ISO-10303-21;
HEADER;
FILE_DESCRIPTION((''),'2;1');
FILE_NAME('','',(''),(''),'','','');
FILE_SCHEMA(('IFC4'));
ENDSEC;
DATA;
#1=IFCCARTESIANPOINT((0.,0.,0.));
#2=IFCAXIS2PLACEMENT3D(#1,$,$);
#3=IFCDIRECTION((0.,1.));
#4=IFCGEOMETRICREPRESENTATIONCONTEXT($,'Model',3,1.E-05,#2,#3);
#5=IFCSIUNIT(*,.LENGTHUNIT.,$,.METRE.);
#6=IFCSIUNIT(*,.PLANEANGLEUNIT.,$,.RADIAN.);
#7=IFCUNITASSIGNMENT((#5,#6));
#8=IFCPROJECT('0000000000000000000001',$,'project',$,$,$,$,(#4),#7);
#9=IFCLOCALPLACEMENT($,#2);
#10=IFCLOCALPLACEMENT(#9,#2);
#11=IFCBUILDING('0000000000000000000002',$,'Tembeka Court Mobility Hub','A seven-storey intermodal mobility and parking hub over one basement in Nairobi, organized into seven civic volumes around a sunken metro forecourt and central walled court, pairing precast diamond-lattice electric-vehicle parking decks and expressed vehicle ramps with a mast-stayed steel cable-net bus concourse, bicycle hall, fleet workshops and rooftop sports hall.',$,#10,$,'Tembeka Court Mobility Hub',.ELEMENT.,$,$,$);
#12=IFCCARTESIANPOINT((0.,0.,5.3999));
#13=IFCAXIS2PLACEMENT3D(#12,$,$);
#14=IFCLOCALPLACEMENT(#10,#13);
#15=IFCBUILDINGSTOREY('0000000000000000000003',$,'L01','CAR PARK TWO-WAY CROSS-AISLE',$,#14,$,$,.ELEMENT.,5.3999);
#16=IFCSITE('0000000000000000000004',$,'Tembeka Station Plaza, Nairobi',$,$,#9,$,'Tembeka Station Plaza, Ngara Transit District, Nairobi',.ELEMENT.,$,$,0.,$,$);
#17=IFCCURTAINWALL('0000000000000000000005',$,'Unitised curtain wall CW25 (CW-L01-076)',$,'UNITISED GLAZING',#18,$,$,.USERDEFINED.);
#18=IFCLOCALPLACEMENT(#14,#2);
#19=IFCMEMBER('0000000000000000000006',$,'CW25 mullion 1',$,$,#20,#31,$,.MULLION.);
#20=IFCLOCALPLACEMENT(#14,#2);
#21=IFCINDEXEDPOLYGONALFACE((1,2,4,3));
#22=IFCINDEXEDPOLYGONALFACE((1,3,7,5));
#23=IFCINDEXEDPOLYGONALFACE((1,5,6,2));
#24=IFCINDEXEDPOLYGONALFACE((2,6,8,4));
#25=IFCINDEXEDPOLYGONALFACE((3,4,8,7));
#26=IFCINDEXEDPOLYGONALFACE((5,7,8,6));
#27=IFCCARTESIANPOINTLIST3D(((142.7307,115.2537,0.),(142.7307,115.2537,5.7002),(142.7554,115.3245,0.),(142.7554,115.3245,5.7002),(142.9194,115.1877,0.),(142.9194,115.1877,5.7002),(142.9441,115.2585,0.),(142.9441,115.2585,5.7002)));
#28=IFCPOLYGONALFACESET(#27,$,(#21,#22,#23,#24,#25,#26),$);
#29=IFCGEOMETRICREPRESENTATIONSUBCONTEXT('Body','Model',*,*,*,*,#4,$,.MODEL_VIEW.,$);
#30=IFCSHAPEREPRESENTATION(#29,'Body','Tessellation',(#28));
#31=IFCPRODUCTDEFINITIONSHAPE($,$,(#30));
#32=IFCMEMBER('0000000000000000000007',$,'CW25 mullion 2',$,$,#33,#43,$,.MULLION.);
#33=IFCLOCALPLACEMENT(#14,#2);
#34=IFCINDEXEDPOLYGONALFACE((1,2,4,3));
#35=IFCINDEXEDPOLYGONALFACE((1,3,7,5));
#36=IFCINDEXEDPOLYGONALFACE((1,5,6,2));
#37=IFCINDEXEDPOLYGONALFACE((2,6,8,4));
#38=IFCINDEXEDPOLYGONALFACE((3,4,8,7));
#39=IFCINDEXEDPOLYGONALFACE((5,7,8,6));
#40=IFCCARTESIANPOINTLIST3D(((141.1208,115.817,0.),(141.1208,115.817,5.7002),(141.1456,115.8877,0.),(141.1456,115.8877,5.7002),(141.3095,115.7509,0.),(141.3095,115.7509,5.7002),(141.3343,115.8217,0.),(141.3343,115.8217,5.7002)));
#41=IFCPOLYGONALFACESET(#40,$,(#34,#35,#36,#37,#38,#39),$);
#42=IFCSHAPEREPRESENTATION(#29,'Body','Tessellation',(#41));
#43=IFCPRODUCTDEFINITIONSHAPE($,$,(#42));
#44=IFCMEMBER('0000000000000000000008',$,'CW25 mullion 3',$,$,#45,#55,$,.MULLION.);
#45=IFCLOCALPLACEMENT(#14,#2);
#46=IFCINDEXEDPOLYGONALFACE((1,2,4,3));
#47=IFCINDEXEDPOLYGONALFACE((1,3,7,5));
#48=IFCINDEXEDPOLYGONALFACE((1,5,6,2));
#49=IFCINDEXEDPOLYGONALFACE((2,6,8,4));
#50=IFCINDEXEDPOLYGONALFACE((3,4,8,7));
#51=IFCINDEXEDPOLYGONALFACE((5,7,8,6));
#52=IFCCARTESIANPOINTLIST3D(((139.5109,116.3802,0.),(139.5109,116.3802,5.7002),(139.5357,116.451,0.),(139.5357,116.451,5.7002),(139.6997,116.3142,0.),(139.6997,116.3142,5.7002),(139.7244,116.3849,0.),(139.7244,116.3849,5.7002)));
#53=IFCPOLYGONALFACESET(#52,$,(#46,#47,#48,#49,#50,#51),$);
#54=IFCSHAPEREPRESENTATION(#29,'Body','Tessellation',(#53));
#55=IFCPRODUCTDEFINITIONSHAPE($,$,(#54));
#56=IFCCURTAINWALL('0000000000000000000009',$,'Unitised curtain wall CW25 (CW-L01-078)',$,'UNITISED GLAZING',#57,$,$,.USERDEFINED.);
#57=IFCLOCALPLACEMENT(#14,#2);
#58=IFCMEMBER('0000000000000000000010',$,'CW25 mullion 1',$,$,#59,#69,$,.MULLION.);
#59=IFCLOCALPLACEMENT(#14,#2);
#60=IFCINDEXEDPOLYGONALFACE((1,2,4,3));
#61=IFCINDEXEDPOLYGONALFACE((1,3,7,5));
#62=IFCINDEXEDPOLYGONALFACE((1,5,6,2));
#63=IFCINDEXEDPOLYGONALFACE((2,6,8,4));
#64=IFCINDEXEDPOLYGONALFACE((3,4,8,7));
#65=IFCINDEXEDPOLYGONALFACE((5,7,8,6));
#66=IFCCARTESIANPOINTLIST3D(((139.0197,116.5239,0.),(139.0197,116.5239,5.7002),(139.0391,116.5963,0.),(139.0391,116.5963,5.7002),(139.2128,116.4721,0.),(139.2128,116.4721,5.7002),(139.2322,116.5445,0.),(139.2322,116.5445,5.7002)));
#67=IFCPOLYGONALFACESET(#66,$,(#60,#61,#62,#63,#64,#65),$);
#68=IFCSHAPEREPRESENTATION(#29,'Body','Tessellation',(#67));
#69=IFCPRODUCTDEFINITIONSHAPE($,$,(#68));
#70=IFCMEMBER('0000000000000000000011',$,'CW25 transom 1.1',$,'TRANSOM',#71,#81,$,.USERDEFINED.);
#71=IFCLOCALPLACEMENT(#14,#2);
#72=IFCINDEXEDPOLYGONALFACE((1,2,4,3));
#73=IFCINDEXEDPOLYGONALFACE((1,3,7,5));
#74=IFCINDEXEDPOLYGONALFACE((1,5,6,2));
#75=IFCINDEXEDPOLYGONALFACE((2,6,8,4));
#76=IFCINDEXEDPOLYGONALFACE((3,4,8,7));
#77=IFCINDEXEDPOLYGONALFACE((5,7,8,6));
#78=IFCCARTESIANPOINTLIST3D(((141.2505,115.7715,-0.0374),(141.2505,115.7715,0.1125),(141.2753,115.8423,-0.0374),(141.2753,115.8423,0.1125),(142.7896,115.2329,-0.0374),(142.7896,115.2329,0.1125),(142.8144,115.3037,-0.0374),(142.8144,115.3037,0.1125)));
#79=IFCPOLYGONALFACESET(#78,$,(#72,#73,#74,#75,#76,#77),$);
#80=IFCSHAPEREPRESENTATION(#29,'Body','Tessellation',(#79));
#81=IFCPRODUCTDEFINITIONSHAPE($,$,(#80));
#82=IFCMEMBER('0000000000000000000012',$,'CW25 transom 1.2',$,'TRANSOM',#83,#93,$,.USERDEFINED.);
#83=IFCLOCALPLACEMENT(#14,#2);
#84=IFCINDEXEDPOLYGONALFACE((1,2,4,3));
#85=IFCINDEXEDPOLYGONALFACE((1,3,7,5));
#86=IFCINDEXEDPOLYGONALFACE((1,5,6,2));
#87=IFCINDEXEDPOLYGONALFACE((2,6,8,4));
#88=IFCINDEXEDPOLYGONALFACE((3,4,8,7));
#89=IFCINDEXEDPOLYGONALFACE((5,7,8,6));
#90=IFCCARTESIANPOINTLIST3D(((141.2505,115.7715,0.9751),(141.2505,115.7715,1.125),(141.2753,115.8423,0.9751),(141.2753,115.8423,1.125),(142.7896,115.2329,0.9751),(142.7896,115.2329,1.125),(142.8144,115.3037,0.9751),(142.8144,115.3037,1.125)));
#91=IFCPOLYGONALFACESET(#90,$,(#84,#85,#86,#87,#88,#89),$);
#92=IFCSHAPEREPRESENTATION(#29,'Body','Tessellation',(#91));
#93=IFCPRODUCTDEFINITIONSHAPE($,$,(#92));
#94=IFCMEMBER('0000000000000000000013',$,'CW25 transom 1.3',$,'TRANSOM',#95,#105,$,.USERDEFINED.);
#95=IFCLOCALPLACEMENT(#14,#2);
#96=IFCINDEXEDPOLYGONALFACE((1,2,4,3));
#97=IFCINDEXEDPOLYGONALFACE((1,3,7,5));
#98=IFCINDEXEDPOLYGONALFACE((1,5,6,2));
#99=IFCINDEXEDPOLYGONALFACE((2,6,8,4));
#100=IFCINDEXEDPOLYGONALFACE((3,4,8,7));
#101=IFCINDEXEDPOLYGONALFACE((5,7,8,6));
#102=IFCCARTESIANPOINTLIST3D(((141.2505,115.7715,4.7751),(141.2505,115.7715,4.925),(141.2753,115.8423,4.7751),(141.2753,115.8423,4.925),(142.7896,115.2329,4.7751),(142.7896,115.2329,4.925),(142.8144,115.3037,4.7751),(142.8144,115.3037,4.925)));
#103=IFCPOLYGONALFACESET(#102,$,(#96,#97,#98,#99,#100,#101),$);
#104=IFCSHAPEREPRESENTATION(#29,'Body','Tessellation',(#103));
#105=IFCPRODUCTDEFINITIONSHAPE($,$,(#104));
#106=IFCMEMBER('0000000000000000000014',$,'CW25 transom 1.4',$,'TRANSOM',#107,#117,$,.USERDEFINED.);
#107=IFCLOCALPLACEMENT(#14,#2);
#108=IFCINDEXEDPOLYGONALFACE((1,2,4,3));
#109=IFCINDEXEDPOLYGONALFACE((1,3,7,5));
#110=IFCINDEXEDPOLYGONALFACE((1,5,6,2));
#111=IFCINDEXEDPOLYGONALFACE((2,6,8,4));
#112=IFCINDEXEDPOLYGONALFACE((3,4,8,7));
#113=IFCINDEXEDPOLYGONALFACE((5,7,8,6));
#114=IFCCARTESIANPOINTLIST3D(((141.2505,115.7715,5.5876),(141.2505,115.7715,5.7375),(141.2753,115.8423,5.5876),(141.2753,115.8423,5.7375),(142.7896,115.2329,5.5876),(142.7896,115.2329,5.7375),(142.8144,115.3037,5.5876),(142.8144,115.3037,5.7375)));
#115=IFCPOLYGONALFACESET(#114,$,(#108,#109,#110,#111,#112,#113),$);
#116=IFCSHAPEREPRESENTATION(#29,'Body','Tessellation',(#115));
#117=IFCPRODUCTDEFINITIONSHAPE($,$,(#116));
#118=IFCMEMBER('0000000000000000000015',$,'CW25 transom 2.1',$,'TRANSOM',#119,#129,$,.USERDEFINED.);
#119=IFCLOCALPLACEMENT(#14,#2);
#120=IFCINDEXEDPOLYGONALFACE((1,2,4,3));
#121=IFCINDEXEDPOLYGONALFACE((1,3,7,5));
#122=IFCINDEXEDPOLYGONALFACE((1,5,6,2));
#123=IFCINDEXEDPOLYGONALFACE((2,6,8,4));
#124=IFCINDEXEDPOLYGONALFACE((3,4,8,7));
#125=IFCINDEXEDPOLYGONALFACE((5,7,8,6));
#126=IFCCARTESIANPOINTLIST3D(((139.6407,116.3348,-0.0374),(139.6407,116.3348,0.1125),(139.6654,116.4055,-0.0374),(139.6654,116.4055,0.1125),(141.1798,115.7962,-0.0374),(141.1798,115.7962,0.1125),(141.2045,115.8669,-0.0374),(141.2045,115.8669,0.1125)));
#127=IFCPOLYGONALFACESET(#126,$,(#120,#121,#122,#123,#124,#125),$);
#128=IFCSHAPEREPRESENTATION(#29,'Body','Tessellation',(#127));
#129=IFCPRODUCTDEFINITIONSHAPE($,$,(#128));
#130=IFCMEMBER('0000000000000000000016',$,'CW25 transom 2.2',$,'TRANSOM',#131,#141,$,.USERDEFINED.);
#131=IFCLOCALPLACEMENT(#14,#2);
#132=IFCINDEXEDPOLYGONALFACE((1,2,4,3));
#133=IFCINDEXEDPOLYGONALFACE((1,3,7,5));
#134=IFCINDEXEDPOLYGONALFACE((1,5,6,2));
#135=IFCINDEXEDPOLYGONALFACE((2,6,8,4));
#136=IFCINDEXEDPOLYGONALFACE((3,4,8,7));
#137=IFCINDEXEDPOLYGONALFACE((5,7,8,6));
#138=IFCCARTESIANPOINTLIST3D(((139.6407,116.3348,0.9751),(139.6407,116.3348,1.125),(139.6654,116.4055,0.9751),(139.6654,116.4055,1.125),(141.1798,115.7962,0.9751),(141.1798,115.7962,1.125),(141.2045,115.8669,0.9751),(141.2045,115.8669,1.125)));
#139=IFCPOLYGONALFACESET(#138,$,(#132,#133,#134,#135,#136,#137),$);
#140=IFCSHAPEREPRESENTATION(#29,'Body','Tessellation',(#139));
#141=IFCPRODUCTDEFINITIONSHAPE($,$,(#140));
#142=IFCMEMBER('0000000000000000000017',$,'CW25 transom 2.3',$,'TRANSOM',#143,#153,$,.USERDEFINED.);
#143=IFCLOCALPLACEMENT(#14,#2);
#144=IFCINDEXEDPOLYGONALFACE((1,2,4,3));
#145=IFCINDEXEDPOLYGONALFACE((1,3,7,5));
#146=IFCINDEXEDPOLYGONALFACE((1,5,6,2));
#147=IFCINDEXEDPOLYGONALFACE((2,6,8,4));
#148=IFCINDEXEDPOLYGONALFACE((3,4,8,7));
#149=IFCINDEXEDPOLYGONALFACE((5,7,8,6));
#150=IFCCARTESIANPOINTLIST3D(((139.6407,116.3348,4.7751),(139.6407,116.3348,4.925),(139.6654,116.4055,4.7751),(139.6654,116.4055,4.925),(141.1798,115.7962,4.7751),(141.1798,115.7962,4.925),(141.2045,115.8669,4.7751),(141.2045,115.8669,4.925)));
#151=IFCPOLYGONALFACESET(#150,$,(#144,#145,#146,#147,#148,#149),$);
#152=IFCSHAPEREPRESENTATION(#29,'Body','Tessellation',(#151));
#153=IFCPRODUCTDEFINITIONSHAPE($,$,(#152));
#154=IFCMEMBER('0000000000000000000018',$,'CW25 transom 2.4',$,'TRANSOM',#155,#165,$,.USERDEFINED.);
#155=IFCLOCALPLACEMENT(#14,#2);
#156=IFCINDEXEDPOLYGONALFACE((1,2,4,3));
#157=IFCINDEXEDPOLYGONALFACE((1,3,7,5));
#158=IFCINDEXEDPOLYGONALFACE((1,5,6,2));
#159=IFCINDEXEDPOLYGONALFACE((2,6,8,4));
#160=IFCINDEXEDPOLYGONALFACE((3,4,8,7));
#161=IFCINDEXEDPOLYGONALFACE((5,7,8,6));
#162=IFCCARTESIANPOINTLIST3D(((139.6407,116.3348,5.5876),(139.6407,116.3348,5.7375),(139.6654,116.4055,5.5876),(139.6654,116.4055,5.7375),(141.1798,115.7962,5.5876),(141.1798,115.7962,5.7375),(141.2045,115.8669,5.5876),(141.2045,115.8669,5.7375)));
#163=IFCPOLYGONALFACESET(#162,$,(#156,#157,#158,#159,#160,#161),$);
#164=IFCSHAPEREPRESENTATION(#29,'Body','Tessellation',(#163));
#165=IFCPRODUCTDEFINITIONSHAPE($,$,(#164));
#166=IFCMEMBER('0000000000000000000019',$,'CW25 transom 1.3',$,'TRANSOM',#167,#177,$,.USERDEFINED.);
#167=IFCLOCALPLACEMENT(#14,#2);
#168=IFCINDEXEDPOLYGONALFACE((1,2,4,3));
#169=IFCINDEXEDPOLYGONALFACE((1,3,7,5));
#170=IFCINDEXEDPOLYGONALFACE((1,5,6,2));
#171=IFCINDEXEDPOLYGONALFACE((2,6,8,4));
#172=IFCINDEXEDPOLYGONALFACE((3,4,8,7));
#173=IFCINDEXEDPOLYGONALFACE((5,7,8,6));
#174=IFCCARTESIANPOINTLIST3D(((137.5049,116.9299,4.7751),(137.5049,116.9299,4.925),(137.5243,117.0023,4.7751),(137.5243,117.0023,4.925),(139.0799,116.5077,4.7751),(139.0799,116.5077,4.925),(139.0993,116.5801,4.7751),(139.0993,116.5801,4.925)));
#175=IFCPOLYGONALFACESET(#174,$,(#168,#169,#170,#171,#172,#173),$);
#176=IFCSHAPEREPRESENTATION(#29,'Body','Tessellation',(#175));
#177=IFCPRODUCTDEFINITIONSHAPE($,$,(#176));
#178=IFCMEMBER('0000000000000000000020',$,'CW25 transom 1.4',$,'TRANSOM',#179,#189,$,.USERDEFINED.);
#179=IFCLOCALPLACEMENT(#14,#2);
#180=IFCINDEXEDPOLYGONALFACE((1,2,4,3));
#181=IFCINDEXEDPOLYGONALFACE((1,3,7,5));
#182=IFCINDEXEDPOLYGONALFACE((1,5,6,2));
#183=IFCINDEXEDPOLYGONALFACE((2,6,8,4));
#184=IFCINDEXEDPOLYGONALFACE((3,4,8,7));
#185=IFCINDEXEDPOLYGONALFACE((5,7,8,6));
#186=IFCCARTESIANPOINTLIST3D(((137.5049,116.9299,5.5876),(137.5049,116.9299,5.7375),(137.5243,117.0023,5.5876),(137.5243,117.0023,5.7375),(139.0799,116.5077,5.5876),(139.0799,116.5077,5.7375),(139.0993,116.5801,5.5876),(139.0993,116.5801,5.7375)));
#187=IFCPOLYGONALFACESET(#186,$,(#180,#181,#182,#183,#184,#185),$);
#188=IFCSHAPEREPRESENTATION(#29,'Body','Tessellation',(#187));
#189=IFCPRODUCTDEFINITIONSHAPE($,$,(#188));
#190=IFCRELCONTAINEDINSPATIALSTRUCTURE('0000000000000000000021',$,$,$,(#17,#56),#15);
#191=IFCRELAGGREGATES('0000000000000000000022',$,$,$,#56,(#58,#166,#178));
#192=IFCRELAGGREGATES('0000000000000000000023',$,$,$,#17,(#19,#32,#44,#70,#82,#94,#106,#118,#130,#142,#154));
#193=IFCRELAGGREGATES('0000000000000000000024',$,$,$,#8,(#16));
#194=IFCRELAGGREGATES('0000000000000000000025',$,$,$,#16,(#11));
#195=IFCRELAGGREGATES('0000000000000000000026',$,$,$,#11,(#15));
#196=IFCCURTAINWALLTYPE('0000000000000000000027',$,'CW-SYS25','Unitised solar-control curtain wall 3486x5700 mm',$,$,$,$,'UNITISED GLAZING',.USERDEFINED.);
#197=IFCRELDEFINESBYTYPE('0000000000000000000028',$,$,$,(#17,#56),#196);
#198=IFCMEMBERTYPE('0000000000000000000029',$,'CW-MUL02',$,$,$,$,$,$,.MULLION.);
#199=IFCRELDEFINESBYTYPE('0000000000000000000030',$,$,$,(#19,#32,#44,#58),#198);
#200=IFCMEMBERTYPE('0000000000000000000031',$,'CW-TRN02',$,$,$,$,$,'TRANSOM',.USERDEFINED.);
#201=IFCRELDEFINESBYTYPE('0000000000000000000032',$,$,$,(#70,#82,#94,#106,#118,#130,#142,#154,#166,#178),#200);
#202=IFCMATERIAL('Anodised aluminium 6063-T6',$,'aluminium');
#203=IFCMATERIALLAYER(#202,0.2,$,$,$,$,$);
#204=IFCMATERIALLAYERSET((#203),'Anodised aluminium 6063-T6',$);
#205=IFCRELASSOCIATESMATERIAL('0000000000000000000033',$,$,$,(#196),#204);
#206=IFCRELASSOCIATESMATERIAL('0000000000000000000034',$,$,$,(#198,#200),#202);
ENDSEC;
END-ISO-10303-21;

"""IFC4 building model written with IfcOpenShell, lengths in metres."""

from ifc_helpers import new_model, si_unit, direction, frame, origin, origin_2d, place, context, subcontext, project, spatial, rectangle, extrude, material, layer, layer_set, material_profile, profile_set, type_object, element, aggregate, save


model = new_model("IFC4")

# Units and contexts
model_context = context("Model", 3, precision=1e-05, world=origin(), true_north=direction((0.0, 1.0)))
body_context = subcontext(model_context, "Body", "Model", "MODEL_VIEW")
ifc_project = project(units=[si_unit("LENGTHUNIT", "METRE"), si_unit("PLANEANGLEUNIT", "RADIAN")], contexts=[model_context])

# Site, building, storey
site_placement = place(None, origin())
site = spatial("IfcSite", under=ifc_project, at=site_placement, Name="Tembeka Station Plaza, Nairobi", LongName="Tembeka Station Plaza, Ngara Transit District, Nairobi", CompositionType="ELEMENT", RefElevation=0.0)
building_placement = place(site_placement, origin())
building = spatial("IfcBuilding", under=site, at=building_placement, Name="Tembeka Court Mobility Hub", Description="A seven-storey intermodal mobility and parking hub over one basement in Nairobi, organized into seven civic volumes around a sunken metro forecourt and central walled court, pairing precast diamond-lattice electric-vehicle parking decks and expressed vehicle ramps with a mast-stayed steel cable-net bus concourse, bicycle hall, fleet workshops and rooftop sports hall.", LongName="Tembeka Court Mobility Hub", CompositionType="ELEMENT")
storey_placement = place(building_placement, frame((0.0, 0.0, 5.3999)))
storey = spatial("IfcBuildingStorey", under=building, at=storey_placement, Name="L01", Description="CAR PARK TWO-WAY CROSS-AISLE", CompositionType="ELEMENT", Elevation=5.3999)

# Curtain wall, members
ifc_material_1 = material(Name="Anodised aluminium 6063-T6", Category="aluminium")
ifc_layer_1 = layer(ifc_material_1, 0.2)
ifc_layer_set_1 = layer_set([ifc_layer_1], Name="Anodised aluminium 6063-T6")
curtain_wall_type = type_object("IfcCurtainWallType", Name="CW-SYS25", Description="Unitised solar-control curtain wall 3486x5700 mm", ElementType="UNITISED GLAZING", PredefinedType="USERDEFINED", material=ifc_layer_set_1)
curtain_wall_1_placement = place(storey_placement, origin())
curtain_wall_1 = element("IfcCurtainWall", 1, at=curtain_wall_1_placement, inside=storey, type_object=curtain_wall_type, Name="Unitised curtain wall CW25 (CW-L01-076)", ObjectType="UNITISED GLAZING", PredefinedType="USERDEFINED")
ifc_material_profile_1 = material_profile(ifc_material_1, rectangle(XDim=0.075, YDim=0.2, at=origin_2d()), Name="ALU-MUL 75x200")
ifc_profile_set_1 = profile_set([ifc_material_profile_1], Name="Anodised aluminium 6063-T6")
member_type_1 = type_object("IfcMemberType", Name="CW-MUL02", PredefinedType="MULLION", material=ifc_profile_set_1)
member_1_placement = place(storey_placement, frame((142.8374, 115.2561, 0.0), z_axis=(0.0, 0.0, 1.0), x_axis=(-0.330264, -0.943889, 0.0)))
member_1 = element("IfcMember", 2, at=member_1_placement, type_object=member_type_1, Name="CW25 mullion 1", PredefinedType="MULLION", context=body_context, shape_type="SweptSolid", body=[
    extrude(rectangle(XDim=0.075, YDim=0.2, at=origin_2d()), origin(), (0.0, 0.0, 1.0), 5.7002),
])
member_2_placement = place(storey_placement, frame((141.2275, 115.8193, 0.0), z_axis=(0.0, 0.0, 1.0), x_axis=(-0.330264, -0.943889, 0.0)))
member_2 = element("IfcMember", 3, at=member_2_placement, type_object=member_type_1, Name="CW25 mullion 2", PredefinedType="MULLION", context=body_context, shape_type="SweptSolid", body=[
    extrude(rectangle(XDim=0.075, YDim=0.2, at=origin_2d()), origin(), (0.0, 0.0, 1.0), 5.7002),
])
member_3_placement = place(storey_placement, frame((139.6177, 116.3826, 0.0), z_axis=(0.0, 0.0, 1.0), x_axis=(-0.330264, -0.943889, 0.0)))
member_3 = element("IfcMember", 4, at=member_3_placement, type_object=member_type_1, Name="CW25 mullion 3", PredefinedType="MULLION", context=body_context, shape_type="SweptSolid", body=[
    extrude(rectangle(XDim=0.075, YDim=0.2, at=origin_2d()), origin(), (0.0, 0.0, 1.0), 5.7002),
])

# Curtain wall, member
curtain_wall_2_placement = place(storey_placement, origin())
curtain_wall_2 = element("IfcCurtainWall", 5, at=curtain_wall_2_placement, inside=storey, type_object=curtain_wall_type, Name="Unitised curtain wall CW25 (CW-L01-078)", ObjectType="UNITISED GLAZING", PredefinedType="USERDEFINED")
member_4_placement = place(storey_placement, frame((139.126, 116.5342, 0.0), z_axis=(0.0, 0.0, 1.0), x_axis=(-0.258828, -0.965923, 0.0)))
member_4 = element("IfcMember", 6, at=member_4_placement, type_object=member_type_1, Name="CW25 mullion 1", PredefinedType="MULLION", context=body_context, shape_type="SweptSolid", body=[
    extrude(rectangle(XDim=0.075, YDim=0.2, at=origin_2d()), origin(), (0.0, 0.0, 1.0), 5.7002),
])

# Members
ifc_material_profile_2 = material_profile(ifc_material_1, rectangle(XDim=0.075, YDim=0.1499, at=origin_2d()), Name="ALU-TRN 75x150")
ifc_profile_set_2 = profile_set([ifc_material_profile_2], Name="Anodised aluminium 6063-T6")
member_type_2 = type_object("IfcMemberType", Name="CW-TRN02", ElementType="TRANSOM", PredefinedType="USERDEFINED", material=ifc_profile_set_2)
member_5_placement = place(storey_placement, frame((142.802, 115.2683, 0.0376), z_axis=(-0.943877, 0.330297, 0.0), x_axis=(-0.330297, -0.943877, 0.0)))
member_5 = element("IfcMember", 7, at=member_5_placement, type_object=member_type_2, Name="CW25 transom 1.1", ObjectType="TRANSOM", PredefinedType="USERDEFINED", context=body_context, shape_type="SweptSolid", body=[
    extrude(rectangle(XDim=0.075, YDim=0.1499, at=origin_2d()), origin(), (0.0, 0.0, 1.0), 1.6306),
])
member_6_placement = place(storey_placement, frame((142.802, 115.2683, 1.05), z_axis=(-0.943877, 0.330297, 0.0), x_axis=(-0.330297, -0.943877, 0.0)))
member_6 = element("IfcMember", 8, at=member_6_placement, type_object=member_type_2, Name="CW25 transom 1.2", ObjectType="TRANSOM", PredefinedType="USERDEFINED", context=body_context, shape_type="SweptSolid", body=[
    extrude(rectangle(XDim=0.075, YDim=0.1499, at=origin_2d()), origin(), (0.0, 0.0, 1.0), 1.6306),
])
member_7_placement = place(storey_placement, frame((142.802, 115.2683, 4.8501), z_axis=(-0.943877, 0.330297, 0.0), x_axis=(-0.330297, -0.943877, 0.0)))
member_7 = element("IfcMember", 9, at=member_7_placement, type_object=member_type_2, Name="CW25 transom 1.3", ObjectType="TRANSOM", PredefinedType="USERDEFINED", context=body_context, shape_type="SweptSolid", body=[
    extrude(rectangle(XDim=0.075, YDim=0.1499, at=origin_2d()), origin(), (0.0, 0.0, 1.0), 1.6306),
])
member_8_placement = place(storey_placement, frame((142.802, 115.2683, 5.6626), z_axis=(-0.943877, 0.330297, 0.0), x_axis=(-0.330297, -0.943877, 0.0)))
member_8 = element("IfcMember", 10, at=member_8_placement, type_object=member_type_2, Name="CW25 transom 1.4", ObjectType="TRANSOM", PredefinedType="USERDEFINED", context=body_context, shape_type="SweptSolid", body=[
    extrude(rectangle(XDim=0.075, YDim=0.1499, at=origin_2d()), origin(), (0.0, 0.0, 1.0), 1.6306),
])
member_9_placement = place(storey_placement, frame((141.1921, 115.8315, 0.0376), z_axis=(-0.943877, 0.330297, 0.0), x_axis=(-0.330297, -0.943877, 0.0)))
member_9 = element("IfcMember", 11, at=member_9_placement, type_object=member_type_2, Name="CW25 transom 2.1", ObjectType="TRANSOM", PredefinedType="USERDEFINED", context=body_context, shape_type="SweptSolid", body=[
    extrude(rectangle(XDim=0.075, YDim=0.1499, at=origin_2d()), origin(), (0.0, 0.0, 1.0), 1.6306),
])
member_10_placement = place(storey_placement, frame((141.1921, 115.8315, 1.05), z_axis=(-0.943877, 0.330297, 0.0), x_axis=(-0.330297, -0.943877, 0.0)))
member_10 = element("IfcMember", 12, at=member_10_placement, type_object=member_type_2, Name="CW25 transom 2.2", ObjectType="TRANSOM", PredefinedType="USERDEFINED", context=body_context, shape_type="SweptSolid", body=[
    extrude(rectangle(XDim=0.075, YDim=0.1499, at=origin_2d()), origin(), (0.0, 0.0, 1.0), 1.6306),
])
member_11_placement = place(storey_placement, frame((141.1921, 115.8315, 4.8501), z_axis=(-0.943877, 0.330297, 0.0), x_axis=(-0.330297, -0.943877, 0.0)))
member_11 = element("IfcMember", 13, at=member_11_placement, type_object=member_type_2, Name="CW25 transom 2.3", ObjectType="TRANSOM", PredefinedType="USERDEFINED", context=body_context, shape_type="SweptSolid", body=[
    extrude(rectangle(XDim=0.075, YDim=0.1499, at=origin_2d()), origin(), (0.0, 0.0, 1.0), 1.6306),
])
member_12_placement = place(storey_placement, frame((141.1921, 115.8315, 5.6626), z_axis=(-0.943877, 0.330297, 0.0), x_axis=(-0.330297, -0.943877, 0.0)))
member_12 = element("IfcMember", 14, at=member_12_placement, type_object=member_type_2, Name="CW25 transom 2.4", ObjectType="TRANSOM", PredefinedType="USERDEFINED", context=body_context, shape_type="SweptSolid", body=[
    extrude(rectangle(XDim=0.075, YDim=0.1499, at=origin_2d()), origin(), (0.0, 0.0, 1.0), 1.6306),
])
member_13_placement = place(storey_placement, frame((139.0896, 116.5439, 4.8501), z_axis=(-0.965909, 0.258883, 0.0), x_axis=(-0.258883, -0.965909, 0.0)))
member_13 = element("IfcMember", 15, at=member_13_placement, type_object=member_type_2, Name="CW25 transom 1.3", ObjectType="TRANSOM", PredefinedType="USERDEFINED", context=body_context, shape_type="SweptSolid", body=[
    extrude(rectangle(XDim=0.075, YDim=0.1499, at=origin_2d()), origin(), (0.0, 0.0, 1.0), 1.6306),
])
member_14_placement = place(storey_placement, frame((139.0896, 116.5439, 5.6626), z_axis=(-0.965909, 0.258883, 0.0), x_axis=(-0.258883, -0.965909, 0.0)))
member_14 = element("IfcMember", 16, at=member_14_placement, type_object=member_type_2, Name="CW25 transom 1.4", ObjectType="TRANSOM", PredefinedType="USERDEFINED", context=body_context, shape_type="SweptSolid", body=[
    extrude(rectangle(XDim=0.075, YDim=0.1499, at=origin_2d()), origin(), (0.0, 0.0, 1.0), 1.6306),
])
aggregate(curtain_wall_2, [member_4, member_13, member_14])

aggregate(curtain_wall_1, [member_1, member_2, member_3, member_5, member_6, member_7, member_8, member_9, member_10, member_11, member_12])

save(model, "model.ifc")
